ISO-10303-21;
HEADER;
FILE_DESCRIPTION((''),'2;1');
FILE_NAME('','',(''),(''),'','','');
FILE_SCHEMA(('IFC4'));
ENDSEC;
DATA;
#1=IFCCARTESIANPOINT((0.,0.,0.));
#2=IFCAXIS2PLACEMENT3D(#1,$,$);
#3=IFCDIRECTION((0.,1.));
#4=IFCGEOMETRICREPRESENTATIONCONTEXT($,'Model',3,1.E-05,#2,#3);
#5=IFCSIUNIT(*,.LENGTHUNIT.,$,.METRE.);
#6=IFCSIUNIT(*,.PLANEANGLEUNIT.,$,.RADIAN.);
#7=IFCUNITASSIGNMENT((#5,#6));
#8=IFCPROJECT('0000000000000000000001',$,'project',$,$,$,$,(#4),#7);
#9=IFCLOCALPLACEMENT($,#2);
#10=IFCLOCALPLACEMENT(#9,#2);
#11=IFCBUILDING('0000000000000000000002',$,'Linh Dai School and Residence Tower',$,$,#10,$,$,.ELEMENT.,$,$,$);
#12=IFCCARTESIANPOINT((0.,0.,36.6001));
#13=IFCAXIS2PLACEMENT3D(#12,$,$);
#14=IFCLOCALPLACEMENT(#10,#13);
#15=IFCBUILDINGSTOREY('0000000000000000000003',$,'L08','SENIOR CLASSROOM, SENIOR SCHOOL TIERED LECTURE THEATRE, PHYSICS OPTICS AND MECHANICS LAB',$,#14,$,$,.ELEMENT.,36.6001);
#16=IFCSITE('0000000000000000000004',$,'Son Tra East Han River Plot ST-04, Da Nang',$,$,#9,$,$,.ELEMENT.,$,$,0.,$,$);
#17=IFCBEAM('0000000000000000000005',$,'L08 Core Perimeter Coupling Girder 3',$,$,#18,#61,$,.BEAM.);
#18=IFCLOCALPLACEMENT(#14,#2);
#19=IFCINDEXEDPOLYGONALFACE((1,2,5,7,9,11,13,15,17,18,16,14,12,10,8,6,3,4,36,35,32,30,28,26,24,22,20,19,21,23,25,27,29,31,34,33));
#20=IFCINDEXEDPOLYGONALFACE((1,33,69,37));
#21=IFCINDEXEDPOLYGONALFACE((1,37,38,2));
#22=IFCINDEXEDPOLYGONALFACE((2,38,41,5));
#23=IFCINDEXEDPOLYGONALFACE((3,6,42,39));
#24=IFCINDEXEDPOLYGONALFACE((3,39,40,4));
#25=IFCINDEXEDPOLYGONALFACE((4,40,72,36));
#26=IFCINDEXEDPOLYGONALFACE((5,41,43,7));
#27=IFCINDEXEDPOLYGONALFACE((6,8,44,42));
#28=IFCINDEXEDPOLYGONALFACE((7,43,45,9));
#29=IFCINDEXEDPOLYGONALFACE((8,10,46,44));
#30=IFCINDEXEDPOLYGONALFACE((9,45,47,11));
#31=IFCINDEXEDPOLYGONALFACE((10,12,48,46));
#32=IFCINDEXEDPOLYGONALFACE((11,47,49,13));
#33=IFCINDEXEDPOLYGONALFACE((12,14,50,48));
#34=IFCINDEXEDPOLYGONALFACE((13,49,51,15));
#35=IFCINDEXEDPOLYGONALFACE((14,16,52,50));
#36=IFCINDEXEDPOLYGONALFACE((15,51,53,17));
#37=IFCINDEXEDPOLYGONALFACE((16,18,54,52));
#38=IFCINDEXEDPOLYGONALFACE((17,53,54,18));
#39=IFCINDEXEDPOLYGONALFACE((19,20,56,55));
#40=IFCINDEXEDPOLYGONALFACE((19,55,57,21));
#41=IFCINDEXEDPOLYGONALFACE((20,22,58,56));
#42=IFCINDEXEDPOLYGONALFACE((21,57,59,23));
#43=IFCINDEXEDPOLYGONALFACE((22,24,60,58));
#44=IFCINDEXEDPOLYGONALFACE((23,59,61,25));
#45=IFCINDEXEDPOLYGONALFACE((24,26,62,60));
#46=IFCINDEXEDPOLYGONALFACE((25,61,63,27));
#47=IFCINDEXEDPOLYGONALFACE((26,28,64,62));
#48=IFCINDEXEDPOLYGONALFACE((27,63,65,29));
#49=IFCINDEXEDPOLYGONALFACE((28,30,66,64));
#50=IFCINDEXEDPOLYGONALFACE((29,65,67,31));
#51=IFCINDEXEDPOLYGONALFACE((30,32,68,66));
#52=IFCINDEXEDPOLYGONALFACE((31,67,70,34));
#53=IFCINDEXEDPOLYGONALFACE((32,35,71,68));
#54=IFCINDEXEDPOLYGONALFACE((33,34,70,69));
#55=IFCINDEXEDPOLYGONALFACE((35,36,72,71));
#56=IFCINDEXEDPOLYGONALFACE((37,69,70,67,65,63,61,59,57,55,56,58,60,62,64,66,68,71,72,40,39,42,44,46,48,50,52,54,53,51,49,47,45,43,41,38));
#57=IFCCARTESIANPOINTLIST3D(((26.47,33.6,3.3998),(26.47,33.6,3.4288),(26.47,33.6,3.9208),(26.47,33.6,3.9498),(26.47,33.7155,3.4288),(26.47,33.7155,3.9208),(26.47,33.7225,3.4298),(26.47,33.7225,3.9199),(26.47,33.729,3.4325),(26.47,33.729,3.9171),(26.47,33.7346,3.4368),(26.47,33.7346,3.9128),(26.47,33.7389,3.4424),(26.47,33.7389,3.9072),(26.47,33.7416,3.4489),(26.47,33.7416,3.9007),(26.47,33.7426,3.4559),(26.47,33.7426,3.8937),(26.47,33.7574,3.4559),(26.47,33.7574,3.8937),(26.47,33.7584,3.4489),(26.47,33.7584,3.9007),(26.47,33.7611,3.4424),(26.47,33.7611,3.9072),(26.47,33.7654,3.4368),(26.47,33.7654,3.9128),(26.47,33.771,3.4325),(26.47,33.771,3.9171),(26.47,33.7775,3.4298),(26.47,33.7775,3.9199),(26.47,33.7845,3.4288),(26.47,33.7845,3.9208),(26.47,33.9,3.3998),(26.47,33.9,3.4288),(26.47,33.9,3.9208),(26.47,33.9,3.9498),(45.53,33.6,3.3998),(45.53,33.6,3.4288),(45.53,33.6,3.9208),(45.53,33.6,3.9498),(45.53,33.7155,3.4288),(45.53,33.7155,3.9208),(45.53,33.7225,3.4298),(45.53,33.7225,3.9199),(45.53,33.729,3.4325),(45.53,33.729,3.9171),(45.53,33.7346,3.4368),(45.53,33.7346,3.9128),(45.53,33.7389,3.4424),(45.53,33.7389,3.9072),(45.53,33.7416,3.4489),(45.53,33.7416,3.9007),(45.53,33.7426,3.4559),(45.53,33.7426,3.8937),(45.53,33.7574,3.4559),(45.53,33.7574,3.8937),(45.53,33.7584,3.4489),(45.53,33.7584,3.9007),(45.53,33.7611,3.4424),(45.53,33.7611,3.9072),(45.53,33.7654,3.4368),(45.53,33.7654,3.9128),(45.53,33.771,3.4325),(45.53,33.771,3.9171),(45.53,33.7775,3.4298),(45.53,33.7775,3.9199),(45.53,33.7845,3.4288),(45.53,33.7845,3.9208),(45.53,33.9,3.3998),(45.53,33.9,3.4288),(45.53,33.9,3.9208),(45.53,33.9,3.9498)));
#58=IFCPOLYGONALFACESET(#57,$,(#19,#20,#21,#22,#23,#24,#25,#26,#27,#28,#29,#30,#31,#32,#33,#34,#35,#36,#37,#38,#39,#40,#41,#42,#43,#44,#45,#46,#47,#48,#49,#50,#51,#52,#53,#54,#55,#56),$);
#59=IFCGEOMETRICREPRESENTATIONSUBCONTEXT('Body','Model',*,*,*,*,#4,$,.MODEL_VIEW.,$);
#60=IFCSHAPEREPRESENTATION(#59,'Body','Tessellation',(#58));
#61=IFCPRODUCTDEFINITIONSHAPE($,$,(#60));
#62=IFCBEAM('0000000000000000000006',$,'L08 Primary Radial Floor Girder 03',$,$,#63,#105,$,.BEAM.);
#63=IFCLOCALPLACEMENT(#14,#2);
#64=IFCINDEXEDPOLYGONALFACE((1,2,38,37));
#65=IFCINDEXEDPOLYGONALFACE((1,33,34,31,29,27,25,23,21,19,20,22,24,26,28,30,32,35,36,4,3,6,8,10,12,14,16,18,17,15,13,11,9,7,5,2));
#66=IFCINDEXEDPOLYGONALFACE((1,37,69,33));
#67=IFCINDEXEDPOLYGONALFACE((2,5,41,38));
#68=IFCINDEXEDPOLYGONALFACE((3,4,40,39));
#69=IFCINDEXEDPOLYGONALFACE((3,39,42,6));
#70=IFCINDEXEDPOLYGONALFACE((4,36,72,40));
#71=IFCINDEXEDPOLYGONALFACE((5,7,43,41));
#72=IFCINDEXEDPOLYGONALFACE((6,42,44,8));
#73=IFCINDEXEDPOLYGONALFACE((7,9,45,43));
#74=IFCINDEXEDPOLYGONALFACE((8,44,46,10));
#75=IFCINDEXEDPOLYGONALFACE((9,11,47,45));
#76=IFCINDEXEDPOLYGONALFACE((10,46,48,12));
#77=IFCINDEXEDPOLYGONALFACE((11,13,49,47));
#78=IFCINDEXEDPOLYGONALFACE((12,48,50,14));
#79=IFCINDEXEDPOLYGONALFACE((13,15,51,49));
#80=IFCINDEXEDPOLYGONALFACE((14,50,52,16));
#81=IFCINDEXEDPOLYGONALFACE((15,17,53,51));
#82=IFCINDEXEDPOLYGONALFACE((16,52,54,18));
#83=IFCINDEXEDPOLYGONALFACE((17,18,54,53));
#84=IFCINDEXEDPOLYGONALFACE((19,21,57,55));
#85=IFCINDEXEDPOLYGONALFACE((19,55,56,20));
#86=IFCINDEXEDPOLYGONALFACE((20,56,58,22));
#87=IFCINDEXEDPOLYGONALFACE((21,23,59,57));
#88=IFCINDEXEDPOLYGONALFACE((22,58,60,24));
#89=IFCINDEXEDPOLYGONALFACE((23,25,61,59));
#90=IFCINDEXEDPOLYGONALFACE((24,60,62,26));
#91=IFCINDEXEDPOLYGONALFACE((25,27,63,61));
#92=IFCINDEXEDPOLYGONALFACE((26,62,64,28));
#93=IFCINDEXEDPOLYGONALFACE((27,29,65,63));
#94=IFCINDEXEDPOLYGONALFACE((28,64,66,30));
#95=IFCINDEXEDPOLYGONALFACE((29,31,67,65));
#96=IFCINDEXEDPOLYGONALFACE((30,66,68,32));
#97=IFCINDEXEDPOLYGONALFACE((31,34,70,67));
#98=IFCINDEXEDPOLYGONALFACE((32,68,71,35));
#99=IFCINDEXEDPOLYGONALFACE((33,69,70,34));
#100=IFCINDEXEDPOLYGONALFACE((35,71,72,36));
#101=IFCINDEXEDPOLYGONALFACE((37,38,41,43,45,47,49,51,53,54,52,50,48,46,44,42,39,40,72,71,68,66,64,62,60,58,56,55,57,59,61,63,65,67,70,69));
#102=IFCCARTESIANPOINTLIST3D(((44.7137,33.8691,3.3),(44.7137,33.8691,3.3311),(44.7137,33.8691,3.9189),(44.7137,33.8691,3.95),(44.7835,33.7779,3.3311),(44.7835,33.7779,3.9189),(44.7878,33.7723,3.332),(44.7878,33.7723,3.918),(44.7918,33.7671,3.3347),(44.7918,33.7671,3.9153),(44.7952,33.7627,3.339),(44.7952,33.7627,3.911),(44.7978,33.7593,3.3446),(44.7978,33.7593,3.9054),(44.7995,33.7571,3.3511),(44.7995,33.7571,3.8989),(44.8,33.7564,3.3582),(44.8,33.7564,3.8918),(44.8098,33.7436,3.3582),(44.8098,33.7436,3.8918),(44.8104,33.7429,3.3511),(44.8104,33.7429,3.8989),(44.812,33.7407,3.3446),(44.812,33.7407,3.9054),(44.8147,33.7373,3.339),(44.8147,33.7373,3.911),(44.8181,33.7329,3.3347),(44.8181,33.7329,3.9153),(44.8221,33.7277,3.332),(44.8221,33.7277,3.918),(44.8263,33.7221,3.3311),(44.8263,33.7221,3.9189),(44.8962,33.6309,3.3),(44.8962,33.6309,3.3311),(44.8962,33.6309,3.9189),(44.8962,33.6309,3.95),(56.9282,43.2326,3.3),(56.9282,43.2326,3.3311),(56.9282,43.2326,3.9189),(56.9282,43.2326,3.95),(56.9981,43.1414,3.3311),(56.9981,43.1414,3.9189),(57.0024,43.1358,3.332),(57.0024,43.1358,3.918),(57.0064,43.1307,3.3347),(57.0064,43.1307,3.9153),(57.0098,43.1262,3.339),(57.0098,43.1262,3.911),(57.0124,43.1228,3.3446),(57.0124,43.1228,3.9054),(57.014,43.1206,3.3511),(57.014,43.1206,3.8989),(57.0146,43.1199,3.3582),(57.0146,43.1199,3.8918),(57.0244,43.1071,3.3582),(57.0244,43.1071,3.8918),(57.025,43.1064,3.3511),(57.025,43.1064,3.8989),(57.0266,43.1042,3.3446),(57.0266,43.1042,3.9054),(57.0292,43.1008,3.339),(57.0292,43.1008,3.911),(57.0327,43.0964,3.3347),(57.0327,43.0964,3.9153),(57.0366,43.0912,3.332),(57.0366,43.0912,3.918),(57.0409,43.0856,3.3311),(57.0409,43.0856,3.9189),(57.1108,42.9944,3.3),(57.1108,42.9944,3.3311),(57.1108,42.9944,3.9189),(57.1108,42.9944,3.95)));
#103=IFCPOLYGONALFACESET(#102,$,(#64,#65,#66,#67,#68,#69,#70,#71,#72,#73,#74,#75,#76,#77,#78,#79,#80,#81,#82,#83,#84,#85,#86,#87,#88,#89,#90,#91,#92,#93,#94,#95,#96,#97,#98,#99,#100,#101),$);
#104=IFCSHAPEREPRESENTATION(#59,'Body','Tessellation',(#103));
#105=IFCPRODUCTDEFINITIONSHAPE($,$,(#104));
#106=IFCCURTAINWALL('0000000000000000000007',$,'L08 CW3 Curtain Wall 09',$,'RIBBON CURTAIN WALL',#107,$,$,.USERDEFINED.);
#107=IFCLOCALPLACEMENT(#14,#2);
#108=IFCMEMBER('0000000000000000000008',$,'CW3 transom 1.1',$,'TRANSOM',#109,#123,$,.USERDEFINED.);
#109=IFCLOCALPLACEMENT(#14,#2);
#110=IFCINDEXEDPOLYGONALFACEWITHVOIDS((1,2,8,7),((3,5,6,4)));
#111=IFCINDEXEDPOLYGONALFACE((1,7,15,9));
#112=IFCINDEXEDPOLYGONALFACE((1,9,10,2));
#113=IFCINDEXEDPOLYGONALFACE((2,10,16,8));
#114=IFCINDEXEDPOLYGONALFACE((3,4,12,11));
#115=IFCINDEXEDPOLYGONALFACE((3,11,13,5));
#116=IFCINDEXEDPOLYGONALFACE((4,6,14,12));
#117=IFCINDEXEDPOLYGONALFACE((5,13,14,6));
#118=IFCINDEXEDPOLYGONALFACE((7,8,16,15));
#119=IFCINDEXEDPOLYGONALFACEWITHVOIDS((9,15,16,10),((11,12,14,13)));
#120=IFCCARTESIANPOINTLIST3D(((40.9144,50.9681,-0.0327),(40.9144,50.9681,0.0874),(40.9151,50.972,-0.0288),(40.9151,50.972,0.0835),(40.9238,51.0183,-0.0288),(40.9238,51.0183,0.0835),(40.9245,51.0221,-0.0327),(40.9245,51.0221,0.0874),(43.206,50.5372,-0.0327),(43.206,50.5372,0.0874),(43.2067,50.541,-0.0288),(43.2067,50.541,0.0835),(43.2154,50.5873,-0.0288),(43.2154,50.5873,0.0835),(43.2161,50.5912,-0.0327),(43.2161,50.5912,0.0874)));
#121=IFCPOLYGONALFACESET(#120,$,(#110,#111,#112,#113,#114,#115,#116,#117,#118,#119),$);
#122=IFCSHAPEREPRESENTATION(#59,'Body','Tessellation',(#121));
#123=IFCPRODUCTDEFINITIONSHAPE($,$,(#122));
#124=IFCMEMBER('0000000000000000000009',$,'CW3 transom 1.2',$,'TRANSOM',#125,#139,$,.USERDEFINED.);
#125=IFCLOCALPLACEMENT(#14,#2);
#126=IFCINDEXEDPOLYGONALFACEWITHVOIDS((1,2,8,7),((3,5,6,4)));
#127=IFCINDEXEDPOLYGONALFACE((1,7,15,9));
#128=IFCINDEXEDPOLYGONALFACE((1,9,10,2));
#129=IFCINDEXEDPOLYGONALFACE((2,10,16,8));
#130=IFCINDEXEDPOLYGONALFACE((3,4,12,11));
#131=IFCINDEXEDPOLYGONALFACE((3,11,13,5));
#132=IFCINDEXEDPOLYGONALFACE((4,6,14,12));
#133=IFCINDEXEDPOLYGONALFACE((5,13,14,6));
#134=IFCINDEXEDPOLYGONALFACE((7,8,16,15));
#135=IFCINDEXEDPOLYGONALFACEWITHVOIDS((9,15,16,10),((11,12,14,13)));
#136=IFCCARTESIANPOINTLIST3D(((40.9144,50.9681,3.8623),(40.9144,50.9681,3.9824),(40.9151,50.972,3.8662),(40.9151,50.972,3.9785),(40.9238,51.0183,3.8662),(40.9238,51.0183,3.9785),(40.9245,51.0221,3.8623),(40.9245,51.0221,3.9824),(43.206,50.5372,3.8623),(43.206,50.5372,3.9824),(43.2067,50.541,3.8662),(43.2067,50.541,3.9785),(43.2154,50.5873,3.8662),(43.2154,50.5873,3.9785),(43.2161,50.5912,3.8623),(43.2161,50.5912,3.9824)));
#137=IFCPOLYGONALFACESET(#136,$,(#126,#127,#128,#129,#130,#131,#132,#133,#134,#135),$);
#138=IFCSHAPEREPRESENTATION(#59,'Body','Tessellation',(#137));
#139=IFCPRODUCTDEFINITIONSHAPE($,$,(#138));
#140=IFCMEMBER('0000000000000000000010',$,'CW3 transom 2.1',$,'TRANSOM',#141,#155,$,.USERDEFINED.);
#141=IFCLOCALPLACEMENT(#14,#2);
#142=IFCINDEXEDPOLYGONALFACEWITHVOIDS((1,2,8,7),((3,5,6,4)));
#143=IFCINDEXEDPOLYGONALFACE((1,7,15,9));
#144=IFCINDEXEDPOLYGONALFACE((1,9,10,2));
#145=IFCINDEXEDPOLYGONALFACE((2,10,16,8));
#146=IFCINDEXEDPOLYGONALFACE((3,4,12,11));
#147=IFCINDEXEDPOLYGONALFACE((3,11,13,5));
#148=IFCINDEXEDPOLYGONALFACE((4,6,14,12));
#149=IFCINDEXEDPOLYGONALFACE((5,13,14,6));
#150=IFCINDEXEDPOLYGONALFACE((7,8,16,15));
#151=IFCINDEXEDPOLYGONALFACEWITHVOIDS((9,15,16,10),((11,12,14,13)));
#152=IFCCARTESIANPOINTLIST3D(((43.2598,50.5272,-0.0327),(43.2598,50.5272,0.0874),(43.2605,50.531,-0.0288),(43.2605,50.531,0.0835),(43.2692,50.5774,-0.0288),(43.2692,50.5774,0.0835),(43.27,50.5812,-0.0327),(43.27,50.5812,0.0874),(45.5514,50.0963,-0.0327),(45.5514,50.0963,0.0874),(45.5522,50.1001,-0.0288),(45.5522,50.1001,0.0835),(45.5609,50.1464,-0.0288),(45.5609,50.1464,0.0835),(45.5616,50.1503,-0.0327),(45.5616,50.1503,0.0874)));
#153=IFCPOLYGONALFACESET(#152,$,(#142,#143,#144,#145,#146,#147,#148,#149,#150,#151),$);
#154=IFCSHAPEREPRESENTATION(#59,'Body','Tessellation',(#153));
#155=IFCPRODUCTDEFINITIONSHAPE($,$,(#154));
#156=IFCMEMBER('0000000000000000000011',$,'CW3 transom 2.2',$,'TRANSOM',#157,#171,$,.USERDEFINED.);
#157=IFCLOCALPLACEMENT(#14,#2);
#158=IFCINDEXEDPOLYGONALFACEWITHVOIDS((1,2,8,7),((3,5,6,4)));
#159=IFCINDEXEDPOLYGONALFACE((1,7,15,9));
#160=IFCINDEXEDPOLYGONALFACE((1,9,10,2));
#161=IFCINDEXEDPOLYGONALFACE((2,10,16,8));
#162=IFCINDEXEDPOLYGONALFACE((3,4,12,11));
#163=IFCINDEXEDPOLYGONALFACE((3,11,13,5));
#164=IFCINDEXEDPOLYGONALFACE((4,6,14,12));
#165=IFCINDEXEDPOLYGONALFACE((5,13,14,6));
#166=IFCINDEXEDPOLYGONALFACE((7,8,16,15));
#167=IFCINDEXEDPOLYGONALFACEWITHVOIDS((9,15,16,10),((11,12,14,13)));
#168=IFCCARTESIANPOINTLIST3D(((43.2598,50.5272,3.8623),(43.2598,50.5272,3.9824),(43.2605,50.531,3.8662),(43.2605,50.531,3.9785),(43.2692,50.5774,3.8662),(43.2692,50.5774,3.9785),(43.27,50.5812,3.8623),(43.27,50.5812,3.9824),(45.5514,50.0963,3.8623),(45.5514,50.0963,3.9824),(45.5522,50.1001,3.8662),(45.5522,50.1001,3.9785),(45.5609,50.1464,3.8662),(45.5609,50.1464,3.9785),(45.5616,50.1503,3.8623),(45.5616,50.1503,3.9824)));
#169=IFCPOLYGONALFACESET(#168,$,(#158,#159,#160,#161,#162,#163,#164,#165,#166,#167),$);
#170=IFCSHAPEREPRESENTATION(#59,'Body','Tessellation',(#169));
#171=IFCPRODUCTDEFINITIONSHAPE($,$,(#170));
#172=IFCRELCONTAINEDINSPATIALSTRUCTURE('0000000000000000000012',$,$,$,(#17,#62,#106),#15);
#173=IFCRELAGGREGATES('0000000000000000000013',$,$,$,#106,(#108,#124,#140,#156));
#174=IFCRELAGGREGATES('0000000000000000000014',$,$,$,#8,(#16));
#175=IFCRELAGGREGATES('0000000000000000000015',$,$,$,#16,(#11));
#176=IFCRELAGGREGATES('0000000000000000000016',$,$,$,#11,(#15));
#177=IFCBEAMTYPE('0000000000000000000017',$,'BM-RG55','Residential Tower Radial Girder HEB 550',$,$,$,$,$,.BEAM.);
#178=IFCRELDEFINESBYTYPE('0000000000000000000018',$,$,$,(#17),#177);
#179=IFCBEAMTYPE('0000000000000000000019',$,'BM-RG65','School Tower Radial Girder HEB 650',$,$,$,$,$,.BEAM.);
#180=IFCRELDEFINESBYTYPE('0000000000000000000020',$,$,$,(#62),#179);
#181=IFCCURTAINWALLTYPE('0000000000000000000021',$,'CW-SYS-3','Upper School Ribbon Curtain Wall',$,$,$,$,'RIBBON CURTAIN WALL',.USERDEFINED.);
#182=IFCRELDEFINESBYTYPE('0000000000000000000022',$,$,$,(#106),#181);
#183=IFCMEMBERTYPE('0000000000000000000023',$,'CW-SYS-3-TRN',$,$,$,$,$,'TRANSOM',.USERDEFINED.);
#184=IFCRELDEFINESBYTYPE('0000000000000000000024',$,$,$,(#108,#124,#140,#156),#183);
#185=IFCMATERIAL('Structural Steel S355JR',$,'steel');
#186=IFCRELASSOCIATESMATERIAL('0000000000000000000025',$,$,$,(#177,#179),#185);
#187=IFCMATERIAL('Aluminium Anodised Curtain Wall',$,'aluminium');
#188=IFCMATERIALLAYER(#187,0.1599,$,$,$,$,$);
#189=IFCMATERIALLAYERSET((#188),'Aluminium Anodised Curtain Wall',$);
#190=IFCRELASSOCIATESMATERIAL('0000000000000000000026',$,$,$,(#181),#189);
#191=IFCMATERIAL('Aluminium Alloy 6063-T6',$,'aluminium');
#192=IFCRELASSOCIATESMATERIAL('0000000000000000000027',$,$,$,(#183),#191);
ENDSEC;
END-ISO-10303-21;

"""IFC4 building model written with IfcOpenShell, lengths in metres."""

from ifc_helpers import new_model, si_unit, direction, frame, origin, origin_2d, place, context, subcontext, project, spatial, hollow_rectangle, i_section, extrude, source, transform, mapped, material, layer, layer_set, material_profile, profile_set, type_object, element, aggregate, save


model = new_model("IFC4")

# Units and contexts
model_context = context("Model", 3, precision=1e-05, world=origin(), true_north=direction((0.0, 1.0)))
body_context = subcontext(model_context, "Body", "Model", "MODEL_VIEW")
ifc_project = project(units=[si_unit("LENGTHUNIT", "METRE"), si_unit("PLANEANGLEUNIT", "RADIAN")], contexts=[model_context])

# Site, building, storey
site_placement = place(None, origin())
site = spatial("IfcSite", under=ifc_project, at=site_placement, Name="Son Tra East Han River Plot ST-04, Da Nang", CompositionType="ELEMENT", RefElevation=0.0)
building_placement = place(site_placement, origin())
building = spatial("IfcBuilding", under=site, at=building_placement, Name="Linh Dai School and Residence Tower", CompositionType="ELEMENT")
storey_placement = place(building_placement, frame((0.0, 0.0, 36.6001)))
storey = spatial("IfcBuildingStorey", under=building, at=storey_placement, Name="L08", Description="SENIOR CLASSROOM, SENIOR SCHOOL TIERED LECTURE THEATRE, PHYSICS OPTICS AND MECHANICS LAB", CompositionType="ELEMENT", Elevation=36.6001)

# Beams
ifc_material_1 = material(Name="Structural Steel S355JR", Category="steel")
ifc_material_profile_1 = material_profile(ifc_material_1, i_section(OverallWidth=0.3, OverallDepth=0.55, WebThickness=0.0149, FlangeThickness=0.0291, FilletRadius=0.0271, at=origin_2d()), Name="HEB 550")
ifc_profile_set_1 = profile_set([ifc_material_profile_1], Name="Structural Steel S355JR")
beam_type_1 = type_object("IfcBeamType", Name="BM-RG55", Description="Residential Tower Radial Girder HEB 550", PredefinedType="BEAM", material=ifc_profile_set_1)
beam_1_placement = place(storey_placement, frame((45.53, 33.75, 3.6748), z_axis=(-1.0, 0.0, 0.0), x_axis=(0.0, -1.0, 0.0)))
element("IfcBeam", 1, at=beam_1_placement, inside=storey, type_object=beam_type_1, Name="L08 Core Perimeter Coupling Girder 3", PredefinedType="BEAM", context=body_context, shape_type="SweptSolid", body=[
    extrude(i_section(OverallWidth=0.3, OverallDepth=0.55, WebThickness=0.0149, FlangeThickness=0.0291, FilletRadius=0.0271, at=origin_2d()), origin(), (0.0, 0.0, 1.0), 19.0601),
])
ifc_material_profile_2 = material_profile(ifc_material_1, i_section(OverallWidth=0.3, OverallDepth=0.6499, WebThickness=0.0161, FlangeThickness=0.031, FilletRadius=0.0271, at=origin_2d()), Name="HEB 650")
ifc_profile_set_2 = profile_set([ifc_material_profile_2], Name="Structural Steel S355JR")
beam_type_2 = type_object("IfcBeamType", Name="BM-RG65", Description="School Tower Radial Girder HEB 650", PredefinedType="BEAM", material=ifc_profile_set_2)
beam_2_placement = place(storey_placement, frame((44.8049, 33.75, 3.625), z_axis=(0.793638, 0.608391, 0.0), x_axis=(-0.608391, 0.793638, 0.0)))
element("IfcBeam", 2, at=beam_2_placement, inside=storey, type_object=beam_type_2, Name="L08 Primary Radial Floor Girder 03", PredefinedType="BEAM", context=body_context, shape_type="SweptSolid", body=[
    extrude(i_section(OverallWidth=0.3, OverallDepth=0.6499, WebThickness=0.0161, FlangeThickness=0.031, FilletRadius=0.0271, at=origin_2d()), origin(), (0.0, 0.0, 1.0), 15.3906),
])

# Curtain wall, members
ifc_material_2 = material(Name="Aluminium Anodised Curtain Wall", Category="aluminium")
ifc_layer_1 = layer(ifc_material_2, 0.1599)
ifc_layer_set_1 = layer_set([ifc_layer_1], Name="Aluminium Anodised Curtain Wall")
curtain_wall_type = type_object("IfcCurtainWallType", Name="CW-SYS-3", Description="Upper School Ribbon Curtain Wall", ElementType="RIBBON CURTAIN WALL", PredefinedType="USERDEFINED", material=ifc_layer_set_1)
curtain_wall_placement = place(storey_placement, origin())
curtain_wall = element("IfcCurtainWall", 3, at=curtain_wall_placement, inside=storey, type_object=curtain_wall_type, Name="L08 CW3 Curtain Wall 09", ObjectType="RIBBON CURTAIN WALL", PredefinedType="USERDEFINED")
ifc_material_3 = material(Name="Aluminium Alloy 6063-T6", Category="aluminium")
ifc_material_profile_3 = material_profile(ifc_material_3, hollow_rectangle(XDim=0.0549, YDim=0.1201, WallThickness=0.0039, at=origin_2d()), Name="RHS 120x55x4")
ifc_profile_set_3 = profile_set([ifc_material_profile_3], Name="Aluminium Alloy 6063-T6")
member_type_1 = type_object("IfcMemberType", Name="CW-SYS-3-TRN", ElementType="TRANSOM", PredefinedType="USERDEFINED", material=ifc_profile_set_3)
shared_shape_1 = source(origin(), body_context, "Body", "SweptSolid", [
    extrude(hollow_rectangle(XDim=0.0549, YDim=0.1201, WallThickness=0.0039, at=origin_2d()), origin(), (0.0, 0.0, 1.0), 2.3318),
])
member_1_placement = place(storey_placement, frame((40.9194, 50.9951, 0.0273), z_axis=(0.982775, -0.184807, 0.0), x_axis=(0.184807, 0.982775, 0.0)))
member_1 = element("IfcMember", 4, at=member_1_placement, type_object=member_type_1, Name="CW3 transom 1.1", ObjectType="TRANSOM", PredefinedType="USERDEFINED", context=body_context, shape_type="MappedRepresentation", body=[
    mapped(shared_shape_1, transform((0.0, 0.0, 0.0), x_axis=(1.0, 0.0, 0.0), y_axis=(0.0, 1.0, 0.0), z_axis=(0.0, 0.0, 1.0), scale=1.0)),
])
member_2_placement = place(storey_placement, frame((40.9194, 50.9951, 3.9224), z_axis=(0.982775, -0.184807, 0.0), x_axis=(0.184807, 0.982775, 0.0)))
member_2 = element("IfcMember", 5, at=member_2_placement, type_object=member_type_1, Name="CW3 transom 1.2", ObjectType="TRANSOM", PredefinedType="USERDEFINED", context=body_context, shape_type="MappedRepresentation", body=[
    mapped(shared_shape_1, transform((0.0, 0.0, 0.0), x_axis=(1.0, 0.0, 0.0), y_axis=(0.0, 1.0, 0.0), z_axis=(0.0, 0.0, 1.0), scale=1.0)),
])
member_3_placement = place(storey_placement, frame((43.2649, 50.5542, 0.0273), z_axis=(0.982775, -0.184807, 0.0), x_axis=(0.184807, 0.982775, 0.0)))
member_3 = element("IfcMember", 6, at=member_3_placement, type_object=member_type_1, Name="CW3 transom 2.1", ObjectType="TRANSOM", PredefinedType="USERDEFINED", context=body_context, shape_type="MappedRepresentation", body=[
    mapped(shared_shape_1, transform((0.0, 0.0, 0.0), x_axis=(1.0, 0.0, 0.0), y_axis=(0.0, 1.0, 0.0), z_axis=(0.0, 0.0, 1.0), scale=1.0)),
])
member_4_placement = place(storey_placement, frame((43.2649, 50.5542, 3.9224), z_axis=(0.982775, -0.184807, 0.0), x_axis=(0.184807, 0.982775, 0.0)))
member_4 = element("IfcMember", 7, at=member_4_placement, type_object=member_type_1, Name="CW3 transom 2.2", ObjectType="TRANSOM", PredefinedType="USERDEFINED", context=body_context, shape_type="MappedRepresentation", body=[
    mapped(shared_shape_1, transform((0.0, 0.0, 0.0), x_axis=(1.0, 0.0, 0.0), y_axis=(0.0, 1.0, 0.0), z_axis=(0.0, 0.0, 1.0), scale=1.0)),
])

aggregate(curtain_wall, [member_1, member_2, member_3, member_4])

save(model, "model.ifc")
